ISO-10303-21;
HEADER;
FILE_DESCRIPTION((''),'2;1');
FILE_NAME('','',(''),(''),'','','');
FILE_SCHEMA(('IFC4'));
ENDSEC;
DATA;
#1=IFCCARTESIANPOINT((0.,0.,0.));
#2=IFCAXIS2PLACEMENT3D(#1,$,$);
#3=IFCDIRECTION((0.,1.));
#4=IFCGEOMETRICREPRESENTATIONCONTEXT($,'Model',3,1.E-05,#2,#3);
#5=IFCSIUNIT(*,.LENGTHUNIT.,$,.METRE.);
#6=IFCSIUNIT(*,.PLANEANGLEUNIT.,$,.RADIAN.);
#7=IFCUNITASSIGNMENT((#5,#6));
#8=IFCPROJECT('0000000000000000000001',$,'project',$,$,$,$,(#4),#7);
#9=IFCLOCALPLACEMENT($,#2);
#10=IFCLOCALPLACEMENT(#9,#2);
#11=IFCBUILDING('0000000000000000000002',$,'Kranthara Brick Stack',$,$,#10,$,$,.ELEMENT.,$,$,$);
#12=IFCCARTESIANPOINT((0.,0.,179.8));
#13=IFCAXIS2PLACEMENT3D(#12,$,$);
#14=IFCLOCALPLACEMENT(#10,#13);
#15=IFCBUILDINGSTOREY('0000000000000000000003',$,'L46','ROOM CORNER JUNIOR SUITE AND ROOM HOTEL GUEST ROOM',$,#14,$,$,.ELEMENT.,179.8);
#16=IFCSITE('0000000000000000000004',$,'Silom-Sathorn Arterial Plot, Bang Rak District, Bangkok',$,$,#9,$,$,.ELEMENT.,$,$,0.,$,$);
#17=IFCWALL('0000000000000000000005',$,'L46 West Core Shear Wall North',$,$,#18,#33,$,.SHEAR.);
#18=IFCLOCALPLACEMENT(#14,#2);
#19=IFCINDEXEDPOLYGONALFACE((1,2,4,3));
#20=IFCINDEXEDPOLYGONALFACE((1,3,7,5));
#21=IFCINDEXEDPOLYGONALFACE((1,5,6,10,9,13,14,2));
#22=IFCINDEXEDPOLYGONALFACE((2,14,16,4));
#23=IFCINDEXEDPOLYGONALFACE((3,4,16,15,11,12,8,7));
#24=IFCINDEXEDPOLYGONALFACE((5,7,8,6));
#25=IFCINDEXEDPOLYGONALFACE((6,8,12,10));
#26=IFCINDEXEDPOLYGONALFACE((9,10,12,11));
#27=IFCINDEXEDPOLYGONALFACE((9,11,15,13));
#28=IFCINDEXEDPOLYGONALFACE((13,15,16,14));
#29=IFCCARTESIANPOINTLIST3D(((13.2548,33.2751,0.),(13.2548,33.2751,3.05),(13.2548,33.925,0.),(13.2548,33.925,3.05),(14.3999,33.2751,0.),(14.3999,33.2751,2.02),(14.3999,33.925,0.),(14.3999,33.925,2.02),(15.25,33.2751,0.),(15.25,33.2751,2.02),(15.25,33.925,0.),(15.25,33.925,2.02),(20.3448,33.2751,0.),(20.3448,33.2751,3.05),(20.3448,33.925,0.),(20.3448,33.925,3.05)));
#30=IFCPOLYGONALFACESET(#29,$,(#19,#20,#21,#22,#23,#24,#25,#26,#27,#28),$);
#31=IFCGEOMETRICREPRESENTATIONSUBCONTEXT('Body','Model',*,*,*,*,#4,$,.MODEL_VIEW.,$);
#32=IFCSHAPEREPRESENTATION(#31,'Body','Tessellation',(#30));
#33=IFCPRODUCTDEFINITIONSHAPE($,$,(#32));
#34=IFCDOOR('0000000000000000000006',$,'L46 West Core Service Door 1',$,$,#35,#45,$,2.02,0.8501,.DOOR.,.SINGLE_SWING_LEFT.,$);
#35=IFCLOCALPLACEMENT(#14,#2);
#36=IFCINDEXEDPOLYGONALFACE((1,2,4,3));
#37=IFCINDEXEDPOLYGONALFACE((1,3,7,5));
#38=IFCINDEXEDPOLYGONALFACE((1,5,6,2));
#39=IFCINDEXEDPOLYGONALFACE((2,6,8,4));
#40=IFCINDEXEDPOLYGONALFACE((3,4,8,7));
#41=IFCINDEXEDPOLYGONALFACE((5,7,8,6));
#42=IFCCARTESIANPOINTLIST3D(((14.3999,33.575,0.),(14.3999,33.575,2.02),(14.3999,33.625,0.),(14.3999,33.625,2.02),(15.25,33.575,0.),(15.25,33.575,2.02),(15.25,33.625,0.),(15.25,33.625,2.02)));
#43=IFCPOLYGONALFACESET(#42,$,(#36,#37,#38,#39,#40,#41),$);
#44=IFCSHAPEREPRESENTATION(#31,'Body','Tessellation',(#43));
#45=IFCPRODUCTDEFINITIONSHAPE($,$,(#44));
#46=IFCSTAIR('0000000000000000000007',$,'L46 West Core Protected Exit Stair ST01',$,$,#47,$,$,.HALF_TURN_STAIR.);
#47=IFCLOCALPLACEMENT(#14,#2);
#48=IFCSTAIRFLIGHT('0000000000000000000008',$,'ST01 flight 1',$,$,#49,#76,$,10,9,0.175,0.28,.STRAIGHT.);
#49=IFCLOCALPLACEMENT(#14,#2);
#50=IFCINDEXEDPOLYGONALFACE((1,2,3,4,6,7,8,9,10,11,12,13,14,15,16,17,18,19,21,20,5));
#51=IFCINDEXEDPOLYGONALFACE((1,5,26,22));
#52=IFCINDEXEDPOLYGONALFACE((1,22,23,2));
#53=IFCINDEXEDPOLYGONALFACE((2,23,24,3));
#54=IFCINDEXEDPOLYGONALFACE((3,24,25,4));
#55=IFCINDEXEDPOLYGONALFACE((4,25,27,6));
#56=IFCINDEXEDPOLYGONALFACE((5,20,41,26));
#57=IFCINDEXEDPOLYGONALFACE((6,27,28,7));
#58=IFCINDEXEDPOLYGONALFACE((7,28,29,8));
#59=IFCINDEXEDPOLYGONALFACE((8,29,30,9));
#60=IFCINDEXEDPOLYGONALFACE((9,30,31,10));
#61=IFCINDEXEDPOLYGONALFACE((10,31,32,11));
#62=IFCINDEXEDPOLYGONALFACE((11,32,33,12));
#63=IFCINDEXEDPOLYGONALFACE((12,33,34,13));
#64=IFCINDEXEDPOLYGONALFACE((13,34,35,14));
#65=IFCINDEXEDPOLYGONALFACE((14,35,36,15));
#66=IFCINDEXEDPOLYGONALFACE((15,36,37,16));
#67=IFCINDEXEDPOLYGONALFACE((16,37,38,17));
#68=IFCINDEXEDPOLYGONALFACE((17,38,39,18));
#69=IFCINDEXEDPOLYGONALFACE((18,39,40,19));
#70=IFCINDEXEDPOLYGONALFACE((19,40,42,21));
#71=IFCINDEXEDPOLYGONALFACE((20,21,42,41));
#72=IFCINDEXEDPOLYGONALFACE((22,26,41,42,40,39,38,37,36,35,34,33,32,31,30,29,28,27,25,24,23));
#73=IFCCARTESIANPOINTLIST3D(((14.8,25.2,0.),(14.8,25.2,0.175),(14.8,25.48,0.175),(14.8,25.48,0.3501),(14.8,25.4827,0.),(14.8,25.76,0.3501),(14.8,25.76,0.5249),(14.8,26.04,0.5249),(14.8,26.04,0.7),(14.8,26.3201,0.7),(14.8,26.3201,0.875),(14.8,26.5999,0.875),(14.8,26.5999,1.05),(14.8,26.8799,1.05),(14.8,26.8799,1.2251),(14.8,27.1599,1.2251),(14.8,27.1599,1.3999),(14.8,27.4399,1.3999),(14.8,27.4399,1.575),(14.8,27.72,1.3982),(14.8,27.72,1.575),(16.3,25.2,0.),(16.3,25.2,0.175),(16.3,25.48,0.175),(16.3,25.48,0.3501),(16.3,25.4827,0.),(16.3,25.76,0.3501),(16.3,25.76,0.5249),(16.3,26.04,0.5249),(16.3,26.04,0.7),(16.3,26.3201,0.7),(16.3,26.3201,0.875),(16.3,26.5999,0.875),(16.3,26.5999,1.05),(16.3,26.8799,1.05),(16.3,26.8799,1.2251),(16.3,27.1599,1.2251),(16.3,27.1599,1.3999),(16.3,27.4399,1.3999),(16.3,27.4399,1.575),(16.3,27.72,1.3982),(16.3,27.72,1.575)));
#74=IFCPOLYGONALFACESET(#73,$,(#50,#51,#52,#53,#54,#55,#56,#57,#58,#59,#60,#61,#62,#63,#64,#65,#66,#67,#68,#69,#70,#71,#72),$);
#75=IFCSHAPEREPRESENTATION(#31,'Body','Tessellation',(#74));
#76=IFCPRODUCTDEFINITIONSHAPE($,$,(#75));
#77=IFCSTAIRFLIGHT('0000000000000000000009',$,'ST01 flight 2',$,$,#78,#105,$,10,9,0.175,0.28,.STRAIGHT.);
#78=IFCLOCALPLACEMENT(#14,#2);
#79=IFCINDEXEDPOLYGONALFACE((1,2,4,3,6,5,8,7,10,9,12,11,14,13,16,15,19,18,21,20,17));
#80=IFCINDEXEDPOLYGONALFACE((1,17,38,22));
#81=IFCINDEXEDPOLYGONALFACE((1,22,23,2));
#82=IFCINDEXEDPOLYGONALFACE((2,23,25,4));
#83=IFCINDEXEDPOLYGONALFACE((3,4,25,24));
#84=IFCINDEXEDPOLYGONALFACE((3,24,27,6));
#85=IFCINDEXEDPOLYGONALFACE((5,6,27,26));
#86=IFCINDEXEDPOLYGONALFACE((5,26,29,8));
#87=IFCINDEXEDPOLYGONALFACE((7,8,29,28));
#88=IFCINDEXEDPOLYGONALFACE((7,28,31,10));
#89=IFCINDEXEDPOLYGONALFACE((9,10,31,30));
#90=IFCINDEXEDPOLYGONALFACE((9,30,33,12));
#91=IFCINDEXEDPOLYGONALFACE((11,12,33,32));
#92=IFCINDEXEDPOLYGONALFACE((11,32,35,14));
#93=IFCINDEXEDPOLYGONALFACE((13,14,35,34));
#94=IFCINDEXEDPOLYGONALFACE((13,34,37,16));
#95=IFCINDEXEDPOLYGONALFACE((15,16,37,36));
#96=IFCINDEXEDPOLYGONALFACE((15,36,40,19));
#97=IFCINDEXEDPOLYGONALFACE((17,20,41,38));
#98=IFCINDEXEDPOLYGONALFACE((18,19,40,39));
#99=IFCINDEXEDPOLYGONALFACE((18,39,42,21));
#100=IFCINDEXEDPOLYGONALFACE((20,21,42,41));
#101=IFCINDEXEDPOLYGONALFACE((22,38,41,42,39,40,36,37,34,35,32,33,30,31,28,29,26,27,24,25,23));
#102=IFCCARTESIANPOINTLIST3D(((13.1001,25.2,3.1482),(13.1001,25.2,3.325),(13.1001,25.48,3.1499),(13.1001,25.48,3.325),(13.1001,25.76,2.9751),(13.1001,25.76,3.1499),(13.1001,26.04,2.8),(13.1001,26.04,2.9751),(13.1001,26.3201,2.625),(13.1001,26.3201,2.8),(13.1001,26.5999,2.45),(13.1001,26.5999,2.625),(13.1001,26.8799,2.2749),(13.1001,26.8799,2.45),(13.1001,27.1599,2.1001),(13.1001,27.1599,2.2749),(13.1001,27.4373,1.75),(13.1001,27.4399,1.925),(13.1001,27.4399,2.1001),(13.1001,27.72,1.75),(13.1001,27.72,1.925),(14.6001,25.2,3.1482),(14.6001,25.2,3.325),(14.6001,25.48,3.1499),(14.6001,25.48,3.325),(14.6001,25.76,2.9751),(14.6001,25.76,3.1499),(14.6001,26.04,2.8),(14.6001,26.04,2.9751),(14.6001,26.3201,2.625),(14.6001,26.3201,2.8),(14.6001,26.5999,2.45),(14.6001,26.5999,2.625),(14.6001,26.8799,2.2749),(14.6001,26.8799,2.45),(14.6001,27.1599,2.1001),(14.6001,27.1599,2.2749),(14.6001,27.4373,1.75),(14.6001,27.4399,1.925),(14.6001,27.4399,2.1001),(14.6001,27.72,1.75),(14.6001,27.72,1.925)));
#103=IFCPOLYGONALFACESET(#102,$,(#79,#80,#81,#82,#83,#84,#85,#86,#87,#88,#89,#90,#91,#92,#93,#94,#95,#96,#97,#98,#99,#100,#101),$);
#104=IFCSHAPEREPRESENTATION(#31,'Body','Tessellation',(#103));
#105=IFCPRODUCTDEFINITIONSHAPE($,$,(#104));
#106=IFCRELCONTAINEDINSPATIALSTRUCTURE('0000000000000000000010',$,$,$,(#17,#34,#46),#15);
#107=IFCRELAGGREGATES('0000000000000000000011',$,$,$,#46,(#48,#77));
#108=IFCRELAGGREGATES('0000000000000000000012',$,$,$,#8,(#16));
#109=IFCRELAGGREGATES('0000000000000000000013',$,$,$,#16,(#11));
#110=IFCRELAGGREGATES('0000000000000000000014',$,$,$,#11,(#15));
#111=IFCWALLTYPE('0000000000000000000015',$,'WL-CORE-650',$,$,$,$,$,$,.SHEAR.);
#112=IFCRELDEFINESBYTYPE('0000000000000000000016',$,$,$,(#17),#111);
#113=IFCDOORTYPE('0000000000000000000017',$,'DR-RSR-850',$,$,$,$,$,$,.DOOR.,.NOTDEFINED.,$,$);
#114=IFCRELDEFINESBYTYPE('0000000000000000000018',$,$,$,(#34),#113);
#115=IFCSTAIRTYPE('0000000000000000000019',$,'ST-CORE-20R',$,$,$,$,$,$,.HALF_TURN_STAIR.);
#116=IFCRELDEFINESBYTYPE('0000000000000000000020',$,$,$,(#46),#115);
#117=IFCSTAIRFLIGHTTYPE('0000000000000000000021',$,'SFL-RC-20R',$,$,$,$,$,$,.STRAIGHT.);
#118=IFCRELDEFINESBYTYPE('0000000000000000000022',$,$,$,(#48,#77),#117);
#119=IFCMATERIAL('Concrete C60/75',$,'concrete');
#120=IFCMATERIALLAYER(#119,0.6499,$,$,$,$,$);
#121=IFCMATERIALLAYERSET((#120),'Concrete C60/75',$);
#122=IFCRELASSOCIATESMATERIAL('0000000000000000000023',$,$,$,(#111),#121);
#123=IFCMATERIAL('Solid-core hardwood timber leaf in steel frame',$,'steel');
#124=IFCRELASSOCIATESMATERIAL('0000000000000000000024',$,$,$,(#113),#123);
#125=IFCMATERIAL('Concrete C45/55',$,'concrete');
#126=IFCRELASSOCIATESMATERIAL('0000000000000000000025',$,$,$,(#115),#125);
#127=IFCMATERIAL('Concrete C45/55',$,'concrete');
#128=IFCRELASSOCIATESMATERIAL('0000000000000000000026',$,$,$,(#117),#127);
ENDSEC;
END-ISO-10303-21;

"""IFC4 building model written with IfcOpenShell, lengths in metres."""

from ifc_helpers import new_model, si_unit, direction, frame, frame_2d, origin, place, context, subcontext, project, spatial, polyline, rectangle, outline, extrude, material, layer, layer_set, type_object, element, fill, aggregate, save


model = new_model("IFC4")

# Units and contexts
model_context = context("Model", 3, precision=1e-05, world=origin(), true_north=direction((0.0, 1.0)))
body_context = subcontext(model_context, "Body", "Model", "MODEL_VIEW")
ifc_project = project(units=[si_unit("LENGTHUNIT", "METRE"), si_unit("PLANEANGLEUNIT", "RADIAN")], contexts=[model_context])

# Site, building, storey
site_placement = place(None, origin())
site = spatial("IfcSite", under=ifc_project, at=site_placement, Name="Silom-Sathorn Arterial Plot, Bang Rak District, Bangkok", CompositionType="ELEMENT", RefElevation=0.0)
building_placement = place(site_placement, origin())
building = spatial("IfcBuilding", under=site, at=building_placement, Name="Kranthara Brick Stack", CompositionType="ELEMENT")
storey_placement = place(building_placement, frame((0.0, 0.0, 179.8)))
storey = spatial("IfcBuildingStorey", under=building, at=storey_placement, Name="L46", Description="ROOM CORNER JUNIOR SUITE AND ROOM HOTEL GUEST ROOM", CompositionType="ELEMENT", Elevation=179.8)

# Wall, opening, door
ifc_material_1 = material(Name="Concrete C60/75", Category="concrete")
ifc_layer_1 = layer(ifc_material_1, 0.6499)
ifc_layer_set_1 = layer_set([ifc_layer_1], Name="Concrete C60/75")
wall_type_1 = type_object("IfcWallType", Name="WL-CORE-650", PredefinedType="SHEAR", material=ifc_layer_set_1)
wall_placement = place(storey_placement, frame((13.2549, 33.6001, 0.0), z_axis=(0.0, 0.0, 1.0), x_axis=(1.0, 0.0, 0.0)))
wall = element("IfcWall", 1, at=wall_placement, inside=storey, type_object=wall_type_1, Name="L46 West Core Shear Wall North", PredefinedType="SHEAR", context=body_context, shape_type="SweptSolid", body=[
    extrude(rectangle(XDim=7.0901, YDim=0.6499, at=frame_2d((3.5449, 0.0))), origin(), (0.0, 0.0, 1.0), 3.05),
])
opening_placement = place(wall_placement, frame((1.145, 0.0, 0.0)))
opening = element("IfcOpeningElement", 2, at=opening_placement, cuts=wall, PredefinedType="OPENING", context=body_context, shape_type="SweptSolid", body=[
    extrude(rectangle(XDim=0.8501, YDim=2.02, at=frame_2d((0.425, 1.01))), frame((0.0, 0.335, 0.0), z_axis=(0.0, -1.0, 0.0), x_axis=(1.0, 0.0, 0.0)), (0.0, 0.0, 1.0), 0.6699),
])
ifc_material_2 = material(Name="Solid-core hardwood timber leaf in steel frame", Category="steel")
door_type = type_object("IfcDoorType", Name="DR-RSR-850", OperationType="NOTDEFINED", PredefinedType="DOOR", material=ifc_material_2)
door_placement = place(opening_placement, origin())
door = element("IfcDoor", 3, at=door_placement, inside=storey, type_object=door_type, Name="L46 West Core Service Door 1", OperationType="SINGLE_SWING_LEFT", OverallHeight=2.02, OverallWidth=0.8501, PredefinedType="DOOR", context=body_context, shape_type="SweptSolid", body=[
    extrude(rectangle(XDim=0.8501, YDim=2.02, at=frame_2d((0.425, 1.01))), frame((0.0, 0.0249, 0.0), z_axis=(0.0, -1.0, 0.0), x_axis=(1.0, 0.0, 0.0)), (0.0, 0.0, 1.0), 0.05),
])
fill(opening, door)

# Stair, stair flights
ifc_material_3 = material(Name="Concrete C45/55", Category="concrete")
stair_type = type_object("IfcStairType", Name="ST-CORE-20R", PredefinedType="HALF_TURN_STAIR", material=ifc_material_3)
stair_placement = place(storey_placement, origin())
stair = element("IfcStair", 4, at=stair_placement, inside=storey, type_object=stair_type, Name="L46 West Core Protected Exit Stair ST01", PredefinedType="HALF_TURN_STAIR")
ifc_material_4 = material(Name="Concrete C45/55", Category="concrete")
stair_flight_type = type_object("IfcStairFlightType", Name="SFL-RC-20R", PredefinedType="STRAIGHT", material=ifc_material_4)
stair_flight_1_placement = place(storey_placement, frame((15.55, 25.2, 0.0), z_axis=(0.0, 0.0, 1.0), x_axis=(0.0, 1.0, 0.0)))
stair_flight_1 = element("IfcStairFlight", 5, at=stair_flight_1_placement, type_object=stair_flight_type, Name="ST01 flight 1", NumberOfRisers=10, NumberOfTreads=9, PredefinedType="STRAIGHT", RiserHeight=0.175, TreadLength=0.28, context=body_context, shape_type="SweptSolid", body=[
    extrude(outline(polyline([(0.0, 0.0), (0.0, 0.175), (0.28, 0.175), (0.28, 0.3501), (0.5601, 0.3501), (0.5601, 0.5249), (0.8401, 0.5249), (0.8401, 0.7), (1.1201, 0.7), (1.1201, 0.875), (1.3999, 0.875), (1.3999, 1.05), (1.6799, 1.05), (1.6799, 1.2251), (1.96, 1.2251), (1.96, 1.3999), (2.24, 1.3999), (2.24, 1.575), (2.52, 1.575), (2.52, 1.75), (2.52, 1.3982), (0.2827, 0.0), (0.0, 0.0)])), frame((0.0, 0.75, 0.0), z_axis=(0.0, -1.0, 0.0), x_axis=(1.0, 0.0, 0.0)), (0.0, 0.0, 1.0), 1.5),
])
stair_flight_2_placement = place(storey_placement, frame((13.8501, 27.72, 1.75), z_axis=(0.0, 0.0, 1.0), x_axis=(0.0, -1.0, 0.0)))
stair_flight_2 = element("IfcStairFlight", 6, at=stair_flight_2_placement, type_object=stair_flight_type, Name="ST01 flight 2", NumberOfRisers=10, NumberOfTreads=9, PredefinedType="STRAIGHT", RiserHeight=0.175, TreadLength=0.28, context=body_context, shape_type="SweptSolid", body=[
    extrude(outline(polyline([(0.0, 0.0), (0.0, 0.175), (0.28, 0.175), (0.28, 0.3501), (0.5601, 0.3501), (0.5601, 0.5249), (0.8401, 0.5249), (0.8401, 0.7), (1.1201, 0.7), (1.1201, 0.875), (1.3999, 0.875), (1.3999, 1.05), (1.6799, 1.05), (1.6799, 1.2251), (1.96, 1.2251), (1.96, 1.3999), (2.24, 1.3999), (2.24, 1.575), (2.52, 1.575), (2.52, 1.75), (2.52, 1.3982), (0.2827, 0.0), (0.0, 0.0)])), frame((0.0, 0.75, 0.0), z_axis=(0.0, -1.0, 0.0), x_axis=(1.0, 0.0, 0.0)), (0.0, 0.0, 1.0), 1.5),
])
aggregate(stair, [stair_flight_1, stair_flight_2])

save(model, "model.ifc")
